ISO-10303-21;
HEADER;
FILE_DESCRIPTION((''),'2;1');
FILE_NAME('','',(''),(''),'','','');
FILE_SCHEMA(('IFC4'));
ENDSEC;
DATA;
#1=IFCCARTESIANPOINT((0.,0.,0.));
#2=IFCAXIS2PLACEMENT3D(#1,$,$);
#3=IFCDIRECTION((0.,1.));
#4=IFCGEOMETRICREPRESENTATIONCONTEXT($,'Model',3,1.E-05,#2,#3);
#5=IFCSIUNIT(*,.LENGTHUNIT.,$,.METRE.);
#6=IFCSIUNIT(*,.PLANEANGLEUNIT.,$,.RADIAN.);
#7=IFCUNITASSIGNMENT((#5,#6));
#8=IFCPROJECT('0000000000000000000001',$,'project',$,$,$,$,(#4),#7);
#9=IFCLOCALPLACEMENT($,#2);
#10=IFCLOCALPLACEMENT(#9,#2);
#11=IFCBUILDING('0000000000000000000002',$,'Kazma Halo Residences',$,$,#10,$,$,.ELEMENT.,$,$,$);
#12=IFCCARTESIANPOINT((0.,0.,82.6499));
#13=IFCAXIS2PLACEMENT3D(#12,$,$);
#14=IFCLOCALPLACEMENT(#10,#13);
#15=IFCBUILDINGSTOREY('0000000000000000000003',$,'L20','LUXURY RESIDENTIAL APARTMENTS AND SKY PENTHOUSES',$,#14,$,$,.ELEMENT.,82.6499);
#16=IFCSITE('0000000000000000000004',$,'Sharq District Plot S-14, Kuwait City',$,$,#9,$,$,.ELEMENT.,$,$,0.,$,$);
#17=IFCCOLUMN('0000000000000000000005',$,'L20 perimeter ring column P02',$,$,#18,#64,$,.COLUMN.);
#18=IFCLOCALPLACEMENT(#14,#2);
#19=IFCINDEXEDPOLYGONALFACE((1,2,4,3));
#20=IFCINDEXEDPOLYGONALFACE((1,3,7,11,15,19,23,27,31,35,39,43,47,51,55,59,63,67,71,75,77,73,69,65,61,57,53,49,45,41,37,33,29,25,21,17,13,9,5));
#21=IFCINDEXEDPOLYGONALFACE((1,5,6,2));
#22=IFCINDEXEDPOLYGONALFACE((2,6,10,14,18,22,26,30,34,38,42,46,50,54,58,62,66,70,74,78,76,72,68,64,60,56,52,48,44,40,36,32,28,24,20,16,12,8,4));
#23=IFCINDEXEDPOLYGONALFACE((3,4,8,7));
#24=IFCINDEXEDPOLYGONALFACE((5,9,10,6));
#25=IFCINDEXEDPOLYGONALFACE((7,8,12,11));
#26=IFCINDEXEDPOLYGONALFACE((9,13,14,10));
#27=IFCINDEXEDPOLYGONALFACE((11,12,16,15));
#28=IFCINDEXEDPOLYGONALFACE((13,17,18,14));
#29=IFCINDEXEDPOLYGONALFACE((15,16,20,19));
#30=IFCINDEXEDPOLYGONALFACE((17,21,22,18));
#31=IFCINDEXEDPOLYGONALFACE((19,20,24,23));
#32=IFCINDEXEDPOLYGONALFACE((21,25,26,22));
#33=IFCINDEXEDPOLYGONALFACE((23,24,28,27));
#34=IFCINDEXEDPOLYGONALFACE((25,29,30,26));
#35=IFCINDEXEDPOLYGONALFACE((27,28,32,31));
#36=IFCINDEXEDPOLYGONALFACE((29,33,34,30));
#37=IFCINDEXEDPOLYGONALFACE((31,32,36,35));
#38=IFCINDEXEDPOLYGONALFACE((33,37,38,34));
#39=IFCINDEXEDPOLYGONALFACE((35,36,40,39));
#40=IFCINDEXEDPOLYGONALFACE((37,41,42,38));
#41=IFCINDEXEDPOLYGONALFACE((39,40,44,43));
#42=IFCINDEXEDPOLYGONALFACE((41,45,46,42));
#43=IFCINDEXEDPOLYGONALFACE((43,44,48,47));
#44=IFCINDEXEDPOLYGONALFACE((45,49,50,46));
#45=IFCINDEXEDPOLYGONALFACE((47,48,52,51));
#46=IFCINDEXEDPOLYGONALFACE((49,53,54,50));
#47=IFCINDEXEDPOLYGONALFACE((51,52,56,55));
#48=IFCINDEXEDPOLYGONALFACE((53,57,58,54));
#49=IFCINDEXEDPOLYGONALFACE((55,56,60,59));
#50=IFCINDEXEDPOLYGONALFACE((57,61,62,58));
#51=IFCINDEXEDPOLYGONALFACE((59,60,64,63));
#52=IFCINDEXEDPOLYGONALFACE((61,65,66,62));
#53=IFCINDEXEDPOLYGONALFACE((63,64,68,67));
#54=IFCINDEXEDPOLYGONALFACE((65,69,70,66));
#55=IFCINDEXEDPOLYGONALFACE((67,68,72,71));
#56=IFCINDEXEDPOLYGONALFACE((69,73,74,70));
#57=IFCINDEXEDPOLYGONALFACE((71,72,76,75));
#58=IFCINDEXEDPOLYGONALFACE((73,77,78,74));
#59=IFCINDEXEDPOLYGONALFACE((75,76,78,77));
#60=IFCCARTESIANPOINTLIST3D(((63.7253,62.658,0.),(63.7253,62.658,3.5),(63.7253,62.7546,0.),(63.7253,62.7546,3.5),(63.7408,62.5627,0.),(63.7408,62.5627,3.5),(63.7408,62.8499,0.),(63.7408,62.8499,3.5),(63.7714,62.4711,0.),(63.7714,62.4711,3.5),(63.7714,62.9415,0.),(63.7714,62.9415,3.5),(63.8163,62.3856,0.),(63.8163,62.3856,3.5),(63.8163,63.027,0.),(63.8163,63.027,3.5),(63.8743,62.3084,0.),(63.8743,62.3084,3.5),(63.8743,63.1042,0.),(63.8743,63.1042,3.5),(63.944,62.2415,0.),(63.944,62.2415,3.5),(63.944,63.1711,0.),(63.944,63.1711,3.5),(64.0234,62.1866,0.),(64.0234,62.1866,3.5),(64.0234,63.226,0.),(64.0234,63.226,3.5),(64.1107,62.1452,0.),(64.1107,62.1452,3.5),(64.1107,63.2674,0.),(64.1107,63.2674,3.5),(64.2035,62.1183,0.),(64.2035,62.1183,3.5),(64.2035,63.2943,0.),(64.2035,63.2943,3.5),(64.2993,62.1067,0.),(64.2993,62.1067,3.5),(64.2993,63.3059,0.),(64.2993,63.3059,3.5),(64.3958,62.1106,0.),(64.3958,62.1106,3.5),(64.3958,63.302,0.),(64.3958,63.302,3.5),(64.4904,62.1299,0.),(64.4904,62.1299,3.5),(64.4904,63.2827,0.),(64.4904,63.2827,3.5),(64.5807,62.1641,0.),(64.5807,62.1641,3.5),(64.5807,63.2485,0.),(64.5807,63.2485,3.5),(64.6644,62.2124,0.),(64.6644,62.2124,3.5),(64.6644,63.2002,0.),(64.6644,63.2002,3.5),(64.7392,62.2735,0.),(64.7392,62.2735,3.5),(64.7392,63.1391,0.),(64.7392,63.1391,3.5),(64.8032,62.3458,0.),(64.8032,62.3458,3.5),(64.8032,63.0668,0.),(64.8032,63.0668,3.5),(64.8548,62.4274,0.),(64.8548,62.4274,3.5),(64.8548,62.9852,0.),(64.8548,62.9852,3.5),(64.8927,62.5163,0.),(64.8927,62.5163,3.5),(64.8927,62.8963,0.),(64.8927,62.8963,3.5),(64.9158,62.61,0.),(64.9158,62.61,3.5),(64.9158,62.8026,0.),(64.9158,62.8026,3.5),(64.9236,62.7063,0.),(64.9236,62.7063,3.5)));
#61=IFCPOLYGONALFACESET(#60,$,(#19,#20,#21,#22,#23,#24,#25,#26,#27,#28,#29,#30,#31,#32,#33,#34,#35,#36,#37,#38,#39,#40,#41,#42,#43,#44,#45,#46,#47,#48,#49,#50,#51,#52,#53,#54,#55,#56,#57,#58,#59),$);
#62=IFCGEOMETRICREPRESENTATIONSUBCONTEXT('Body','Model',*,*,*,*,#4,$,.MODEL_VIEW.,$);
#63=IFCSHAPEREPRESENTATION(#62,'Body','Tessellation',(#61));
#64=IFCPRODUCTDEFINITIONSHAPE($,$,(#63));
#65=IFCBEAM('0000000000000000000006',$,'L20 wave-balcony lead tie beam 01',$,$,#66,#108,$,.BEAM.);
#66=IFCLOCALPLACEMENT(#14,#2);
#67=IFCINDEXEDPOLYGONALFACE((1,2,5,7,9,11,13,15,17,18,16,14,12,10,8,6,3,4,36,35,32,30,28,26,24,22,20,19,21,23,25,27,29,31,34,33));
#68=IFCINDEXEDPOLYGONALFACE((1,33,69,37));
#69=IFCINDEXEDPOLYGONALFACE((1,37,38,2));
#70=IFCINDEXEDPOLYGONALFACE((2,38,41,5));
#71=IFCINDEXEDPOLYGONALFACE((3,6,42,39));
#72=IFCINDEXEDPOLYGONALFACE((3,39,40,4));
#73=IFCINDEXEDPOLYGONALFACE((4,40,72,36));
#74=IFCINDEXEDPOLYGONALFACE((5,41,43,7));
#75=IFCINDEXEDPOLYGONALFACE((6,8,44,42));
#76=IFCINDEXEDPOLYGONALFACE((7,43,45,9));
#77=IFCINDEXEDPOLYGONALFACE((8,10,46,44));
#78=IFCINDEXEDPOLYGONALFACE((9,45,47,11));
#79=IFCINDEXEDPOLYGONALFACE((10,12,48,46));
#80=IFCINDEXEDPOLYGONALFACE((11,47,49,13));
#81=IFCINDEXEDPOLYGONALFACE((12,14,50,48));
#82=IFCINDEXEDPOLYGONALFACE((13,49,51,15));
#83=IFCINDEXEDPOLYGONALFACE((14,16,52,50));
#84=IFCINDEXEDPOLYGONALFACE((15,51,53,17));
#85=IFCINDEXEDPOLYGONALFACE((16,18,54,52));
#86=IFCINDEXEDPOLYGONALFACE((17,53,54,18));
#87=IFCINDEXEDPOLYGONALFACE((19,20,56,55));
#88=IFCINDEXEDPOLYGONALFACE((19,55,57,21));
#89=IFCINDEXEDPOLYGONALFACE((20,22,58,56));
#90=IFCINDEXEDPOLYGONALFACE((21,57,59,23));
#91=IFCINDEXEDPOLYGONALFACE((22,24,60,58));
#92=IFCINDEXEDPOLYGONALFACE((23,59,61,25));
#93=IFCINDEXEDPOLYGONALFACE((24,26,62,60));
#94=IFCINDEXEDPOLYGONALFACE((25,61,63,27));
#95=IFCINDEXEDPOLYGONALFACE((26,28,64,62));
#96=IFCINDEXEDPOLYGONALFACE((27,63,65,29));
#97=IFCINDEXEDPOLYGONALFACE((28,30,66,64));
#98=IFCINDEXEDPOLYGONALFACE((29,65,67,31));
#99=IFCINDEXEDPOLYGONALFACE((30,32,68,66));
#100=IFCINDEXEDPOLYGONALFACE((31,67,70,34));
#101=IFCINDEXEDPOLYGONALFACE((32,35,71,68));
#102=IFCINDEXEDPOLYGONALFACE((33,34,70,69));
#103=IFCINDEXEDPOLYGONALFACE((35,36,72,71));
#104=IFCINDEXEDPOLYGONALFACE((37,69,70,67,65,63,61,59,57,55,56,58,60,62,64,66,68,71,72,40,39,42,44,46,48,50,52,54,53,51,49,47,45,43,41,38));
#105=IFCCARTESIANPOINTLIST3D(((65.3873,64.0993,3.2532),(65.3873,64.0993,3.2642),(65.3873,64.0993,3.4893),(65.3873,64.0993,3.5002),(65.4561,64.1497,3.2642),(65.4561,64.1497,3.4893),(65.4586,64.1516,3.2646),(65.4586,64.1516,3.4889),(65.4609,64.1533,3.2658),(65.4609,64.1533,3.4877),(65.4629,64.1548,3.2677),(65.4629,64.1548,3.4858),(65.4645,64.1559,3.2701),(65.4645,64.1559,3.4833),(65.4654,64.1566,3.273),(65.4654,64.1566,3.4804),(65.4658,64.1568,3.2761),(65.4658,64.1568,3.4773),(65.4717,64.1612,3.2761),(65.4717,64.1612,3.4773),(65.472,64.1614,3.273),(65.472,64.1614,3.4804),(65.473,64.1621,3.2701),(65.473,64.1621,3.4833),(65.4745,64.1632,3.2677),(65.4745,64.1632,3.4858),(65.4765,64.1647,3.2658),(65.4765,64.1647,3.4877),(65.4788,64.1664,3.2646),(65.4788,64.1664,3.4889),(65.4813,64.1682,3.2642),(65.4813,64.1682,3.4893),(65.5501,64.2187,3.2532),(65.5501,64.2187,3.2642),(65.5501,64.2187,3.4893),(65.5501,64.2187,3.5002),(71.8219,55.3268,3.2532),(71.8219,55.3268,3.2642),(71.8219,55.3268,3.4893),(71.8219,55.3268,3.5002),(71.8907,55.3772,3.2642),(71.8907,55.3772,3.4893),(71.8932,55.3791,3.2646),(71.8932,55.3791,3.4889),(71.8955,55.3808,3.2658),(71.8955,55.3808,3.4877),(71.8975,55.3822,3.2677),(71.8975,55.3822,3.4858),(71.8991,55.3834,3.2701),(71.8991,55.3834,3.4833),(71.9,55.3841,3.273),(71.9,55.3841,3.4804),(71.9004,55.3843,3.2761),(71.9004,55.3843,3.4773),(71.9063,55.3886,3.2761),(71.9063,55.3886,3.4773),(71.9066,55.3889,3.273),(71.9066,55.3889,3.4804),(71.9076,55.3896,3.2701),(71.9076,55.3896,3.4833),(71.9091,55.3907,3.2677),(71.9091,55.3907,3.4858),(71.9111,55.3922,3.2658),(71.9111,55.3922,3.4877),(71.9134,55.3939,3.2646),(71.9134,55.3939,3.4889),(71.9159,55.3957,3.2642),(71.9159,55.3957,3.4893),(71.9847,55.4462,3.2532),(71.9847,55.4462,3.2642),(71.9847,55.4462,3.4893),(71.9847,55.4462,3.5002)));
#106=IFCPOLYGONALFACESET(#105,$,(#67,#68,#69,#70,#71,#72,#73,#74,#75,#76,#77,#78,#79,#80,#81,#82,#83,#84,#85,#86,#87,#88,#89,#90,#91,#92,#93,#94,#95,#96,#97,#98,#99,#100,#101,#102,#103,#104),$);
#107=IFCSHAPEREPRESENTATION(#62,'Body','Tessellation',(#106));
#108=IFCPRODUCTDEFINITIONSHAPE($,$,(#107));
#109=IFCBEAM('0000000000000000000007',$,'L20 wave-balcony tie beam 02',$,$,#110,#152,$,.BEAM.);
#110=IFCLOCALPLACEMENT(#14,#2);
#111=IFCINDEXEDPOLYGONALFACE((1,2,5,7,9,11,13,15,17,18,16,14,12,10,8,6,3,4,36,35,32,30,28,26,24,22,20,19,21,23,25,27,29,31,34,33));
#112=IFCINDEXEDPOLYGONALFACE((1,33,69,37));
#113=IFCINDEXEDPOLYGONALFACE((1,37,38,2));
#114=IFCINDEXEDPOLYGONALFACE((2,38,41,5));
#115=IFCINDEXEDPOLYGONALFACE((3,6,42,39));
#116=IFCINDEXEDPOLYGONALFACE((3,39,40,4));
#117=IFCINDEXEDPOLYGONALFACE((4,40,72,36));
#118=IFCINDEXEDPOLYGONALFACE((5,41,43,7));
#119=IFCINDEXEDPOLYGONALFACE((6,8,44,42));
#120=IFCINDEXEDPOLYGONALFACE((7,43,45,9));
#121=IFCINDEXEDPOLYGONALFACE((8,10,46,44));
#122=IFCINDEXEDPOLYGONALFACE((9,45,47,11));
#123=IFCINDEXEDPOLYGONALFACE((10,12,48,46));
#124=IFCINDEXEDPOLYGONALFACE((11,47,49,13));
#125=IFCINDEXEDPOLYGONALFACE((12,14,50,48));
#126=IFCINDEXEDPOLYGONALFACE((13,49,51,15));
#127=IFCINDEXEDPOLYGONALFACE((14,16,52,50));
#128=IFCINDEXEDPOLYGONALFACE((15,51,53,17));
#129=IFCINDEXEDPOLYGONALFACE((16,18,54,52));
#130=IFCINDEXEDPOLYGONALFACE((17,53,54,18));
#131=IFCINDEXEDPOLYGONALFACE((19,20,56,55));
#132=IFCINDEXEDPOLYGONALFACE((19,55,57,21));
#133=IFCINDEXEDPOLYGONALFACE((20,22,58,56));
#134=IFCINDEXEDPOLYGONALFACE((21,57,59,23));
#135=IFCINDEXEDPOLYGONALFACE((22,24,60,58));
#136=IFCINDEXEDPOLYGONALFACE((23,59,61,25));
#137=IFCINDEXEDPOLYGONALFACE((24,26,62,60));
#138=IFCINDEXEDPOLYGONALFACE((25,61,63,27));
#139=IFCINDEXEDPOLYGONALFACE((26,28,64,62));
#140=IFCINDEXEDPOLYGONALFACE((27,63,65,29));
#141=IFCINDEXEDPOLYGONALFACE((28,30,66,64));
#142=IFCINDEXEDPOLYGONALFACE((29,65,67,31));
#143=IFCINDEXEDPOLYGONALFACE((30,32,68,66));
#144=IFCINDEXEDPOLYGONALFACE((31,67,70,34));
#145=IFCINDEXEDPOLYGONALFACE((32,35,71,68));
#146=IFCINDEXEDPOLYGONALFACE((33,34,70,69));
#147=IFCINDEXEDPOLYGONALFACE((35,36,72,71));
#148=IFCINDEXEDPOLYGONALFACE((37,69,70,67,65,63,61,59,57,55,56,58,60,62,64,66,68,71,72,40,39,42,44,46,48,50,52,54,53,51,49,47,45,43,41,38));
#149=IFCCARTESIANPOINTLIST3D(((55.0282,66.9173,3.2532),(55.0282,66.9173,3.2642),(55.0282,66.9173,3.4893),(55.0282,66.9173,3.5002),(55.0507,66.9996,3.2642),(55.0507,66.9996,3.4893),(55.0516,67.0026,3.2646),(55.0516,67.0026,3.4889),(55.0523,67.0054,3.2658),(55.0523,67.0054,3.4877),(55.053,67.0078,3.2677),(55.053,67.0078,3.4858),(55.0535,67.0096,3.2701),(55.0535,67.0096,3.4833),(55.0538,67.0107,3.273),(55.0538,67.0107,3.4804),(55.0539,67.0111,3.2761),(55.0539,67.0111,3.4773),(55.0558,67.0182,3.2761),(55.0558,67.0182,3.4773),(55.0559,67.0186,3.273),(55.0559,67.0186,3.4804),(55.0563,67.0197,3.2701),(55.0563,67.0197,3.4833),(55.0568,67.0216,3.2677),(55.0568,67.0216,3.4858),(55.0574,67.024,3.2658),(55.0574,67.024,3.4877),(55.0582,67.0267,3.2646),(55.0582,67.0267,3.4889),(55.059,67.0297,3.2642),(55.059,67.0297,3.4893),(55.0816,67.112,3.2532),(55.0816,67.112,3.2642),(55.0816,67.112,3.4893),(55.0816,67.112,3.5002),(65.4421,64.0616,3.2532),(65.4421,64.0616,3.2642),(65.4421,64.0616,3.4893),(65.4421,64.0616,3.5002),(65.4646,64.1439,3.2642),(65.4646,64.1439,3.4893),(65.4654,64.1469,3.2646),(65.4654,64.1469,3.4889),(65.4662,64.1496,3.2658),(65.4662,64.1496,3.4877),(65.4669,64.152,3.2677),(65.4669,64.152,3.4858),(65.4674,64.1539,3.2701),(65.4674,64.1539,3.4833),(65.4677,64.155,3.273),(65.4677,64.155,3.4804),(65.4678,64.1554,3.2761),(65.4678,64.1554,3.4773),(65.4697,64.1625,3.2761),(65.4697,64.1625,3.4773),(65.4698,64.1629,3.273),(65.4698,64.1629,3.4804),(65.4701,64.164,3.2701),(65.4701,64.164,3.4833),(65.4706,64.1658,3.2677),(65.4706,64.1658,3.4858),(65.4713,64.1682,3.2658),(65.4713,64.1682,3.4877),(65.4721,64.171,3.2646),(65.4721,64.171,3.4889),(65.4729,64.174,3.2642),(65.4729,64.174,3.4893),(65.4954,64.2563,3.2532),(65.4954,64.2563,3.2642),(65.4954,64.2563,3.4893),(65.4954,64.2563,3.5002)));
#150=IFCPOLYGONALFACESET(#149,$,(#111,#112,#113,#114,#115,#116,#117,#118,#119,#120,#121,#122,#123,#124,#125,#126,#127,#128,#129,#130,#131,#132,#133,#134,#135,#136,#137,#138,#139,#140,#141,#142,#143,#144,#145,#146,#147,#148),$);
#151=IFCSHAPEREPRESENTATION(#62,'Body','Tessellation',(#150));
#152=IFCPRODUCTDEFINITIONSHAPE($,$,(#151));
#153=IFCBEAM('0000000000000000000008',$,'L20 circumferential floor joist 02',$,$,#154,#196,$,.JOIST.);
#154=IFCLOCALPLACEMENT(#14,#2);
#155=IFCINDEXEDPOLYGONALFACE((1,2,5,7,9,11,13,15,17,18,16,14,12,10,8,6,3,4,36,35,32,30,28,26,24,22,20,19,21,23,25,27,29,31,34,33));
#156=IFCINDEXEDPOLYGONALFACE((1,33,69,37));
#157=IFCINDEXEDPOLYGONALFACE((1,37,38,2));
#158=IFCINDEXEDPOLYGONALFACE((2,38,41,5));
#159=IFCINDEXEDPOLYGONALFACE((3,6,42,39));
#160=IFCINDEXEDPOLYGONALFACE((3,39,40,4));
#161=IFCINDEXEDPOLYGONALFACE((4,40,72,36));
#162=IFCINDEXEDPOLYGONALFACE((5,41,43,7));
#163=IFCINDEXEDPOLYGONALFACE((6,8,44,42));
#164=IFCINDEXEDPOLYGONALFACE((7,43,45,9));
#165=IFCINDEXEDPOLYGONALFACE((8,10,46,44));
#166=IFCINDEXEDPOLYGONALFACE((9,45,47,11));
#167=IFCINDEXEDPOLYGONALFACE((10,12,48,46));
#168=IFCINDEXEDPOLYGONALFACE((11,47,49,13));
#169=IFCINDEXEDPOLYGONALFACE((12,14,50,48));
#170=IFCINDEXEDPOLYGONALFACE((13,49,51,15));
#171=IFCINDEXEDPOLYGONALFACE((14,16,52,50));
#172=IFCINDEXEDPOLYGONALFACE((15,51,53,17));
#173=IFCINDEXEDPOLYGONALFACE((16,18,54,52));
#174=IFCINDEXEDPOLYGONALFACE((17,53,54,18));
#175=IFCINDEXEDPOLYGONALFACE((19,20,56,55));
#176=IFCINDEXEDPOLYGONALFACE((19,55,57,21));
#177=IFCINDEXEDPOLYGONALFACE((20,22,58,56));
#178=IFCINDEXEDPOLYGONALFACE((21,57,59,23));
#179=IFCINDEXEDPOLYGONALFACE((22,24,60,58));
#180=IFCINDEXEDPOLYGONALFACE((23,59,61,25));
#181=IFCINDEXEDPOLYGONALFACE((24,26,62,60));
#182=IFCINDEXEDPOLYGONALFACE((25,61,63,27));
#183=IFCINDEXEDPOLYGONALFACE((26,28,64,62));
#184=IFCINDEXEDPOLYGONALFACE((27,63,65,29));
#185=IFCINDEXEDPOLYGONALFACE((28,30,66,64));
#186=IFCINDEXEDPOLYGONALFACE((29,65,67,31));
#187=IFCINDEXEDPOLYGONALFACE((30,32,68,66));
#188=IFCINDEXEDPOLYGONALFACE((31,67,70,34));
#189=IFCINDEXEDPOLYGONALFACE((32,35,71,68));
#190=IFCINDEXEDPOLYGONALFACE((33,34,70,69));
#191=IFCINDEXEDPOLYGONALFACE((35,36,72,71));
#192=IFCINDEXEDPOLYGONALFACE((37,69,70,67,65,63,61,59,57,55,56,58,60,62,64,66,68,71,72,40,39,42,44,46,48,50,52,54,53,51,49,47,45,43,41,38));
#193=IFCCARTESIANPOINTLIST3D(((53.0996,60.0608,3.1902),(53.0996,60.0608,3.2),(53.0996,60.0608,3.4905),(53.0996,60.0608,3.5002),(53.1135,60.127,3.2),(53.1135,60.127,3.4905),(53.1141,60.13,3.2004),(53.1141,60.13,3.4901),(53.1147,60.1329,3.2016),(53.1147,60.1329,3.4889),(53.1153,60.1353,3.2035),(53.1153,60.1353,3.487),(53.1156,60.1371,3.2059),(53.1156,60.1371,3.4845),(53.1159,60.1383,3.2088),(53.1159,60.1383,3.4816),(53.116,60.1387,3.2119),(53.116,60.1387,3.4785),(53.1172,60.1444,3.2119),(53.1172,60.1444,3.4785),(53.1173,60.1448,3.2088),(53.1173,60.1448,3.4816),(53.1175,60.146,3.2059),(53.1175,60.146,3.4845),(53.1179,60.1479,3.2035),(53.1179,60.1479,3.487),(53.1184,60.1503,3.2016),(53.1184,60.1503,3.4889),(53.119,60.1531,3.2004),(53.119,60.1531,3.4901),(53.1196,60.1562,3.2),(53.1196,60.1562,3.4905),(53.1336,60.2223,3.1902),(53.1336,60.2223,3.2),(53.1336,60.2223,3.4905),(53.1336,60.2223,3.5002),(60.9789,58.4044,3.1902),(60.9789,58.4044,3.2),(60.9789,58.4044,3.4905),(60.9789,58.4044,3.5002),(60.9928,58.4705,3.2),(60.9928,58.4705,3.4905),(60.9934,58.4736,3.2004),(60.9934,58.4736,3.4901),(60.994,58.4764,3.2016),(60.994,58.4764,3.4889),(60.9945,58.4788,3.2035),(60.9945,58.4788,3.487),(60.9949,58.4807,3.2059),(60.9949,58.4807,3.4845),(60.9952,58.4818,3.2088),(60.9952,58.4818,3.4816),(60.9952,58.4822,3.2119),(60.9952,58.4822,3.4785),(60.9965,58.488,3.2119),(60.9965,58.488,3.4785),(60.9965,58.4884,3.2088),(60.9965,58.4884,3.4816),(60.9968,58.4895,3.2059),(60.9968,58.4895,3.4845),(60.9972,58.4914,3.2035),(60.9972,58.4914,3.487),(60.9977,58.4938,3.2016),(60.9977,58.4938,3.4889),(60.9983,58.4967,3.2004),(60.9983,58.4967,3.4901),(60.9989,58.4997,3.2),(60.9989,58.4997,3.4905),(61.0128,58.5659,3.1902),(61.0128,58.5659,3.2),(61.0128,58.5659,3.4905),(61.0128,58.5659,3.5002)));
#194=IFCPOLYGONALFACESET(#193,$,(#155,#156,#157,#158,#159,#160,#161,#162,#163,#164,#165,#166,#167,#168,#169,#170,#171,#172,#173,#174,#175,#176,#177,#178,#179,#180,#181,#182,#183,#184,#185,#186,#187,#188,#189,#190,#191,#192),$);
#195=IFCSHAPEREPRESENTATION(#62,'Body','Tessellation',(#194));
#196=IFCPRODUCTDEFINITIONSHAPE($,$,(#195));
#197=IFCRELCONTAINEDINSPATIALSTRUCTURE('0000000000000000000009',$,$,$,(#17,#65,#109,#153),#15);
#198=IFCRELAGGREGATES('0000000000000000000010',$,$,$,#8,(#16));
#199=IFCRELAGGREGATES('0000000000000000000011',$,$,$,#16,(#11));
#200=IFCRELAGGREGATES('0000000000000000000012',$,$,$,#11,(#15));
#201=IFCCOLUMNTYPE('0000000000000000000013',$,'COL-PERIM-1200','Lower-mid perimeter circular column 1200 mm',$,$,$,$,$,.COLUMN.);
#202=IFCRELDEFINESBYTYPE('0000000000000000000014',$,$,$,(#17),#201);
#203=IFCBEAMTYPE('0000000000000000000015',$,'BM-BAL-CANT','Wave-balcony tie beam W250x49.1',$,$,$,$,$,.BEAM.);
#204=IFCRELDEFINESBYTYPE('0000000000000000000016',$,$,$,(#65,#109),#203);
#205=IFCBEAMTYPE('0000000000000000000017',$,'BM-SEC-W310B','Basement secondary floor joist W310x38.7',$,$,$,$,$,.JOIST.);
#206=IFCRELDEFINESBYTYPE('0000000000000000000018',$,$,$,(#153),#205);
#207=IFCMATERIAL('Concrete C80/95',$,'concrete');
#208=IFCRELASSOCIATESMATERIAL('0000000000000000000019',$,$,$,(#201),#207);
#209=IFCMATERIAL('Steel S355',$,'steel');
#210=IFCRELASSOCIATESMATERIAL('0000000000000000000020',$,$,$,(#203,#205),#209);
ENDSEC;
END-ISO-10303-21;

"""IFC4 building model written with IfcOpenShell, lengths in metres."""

from ifc_helpers import new_model, si_unit, direction, frame, origin, origin_2d, place, context, subcontext, project, spatial, circle, i_section, extrude, material, material_profile, profile_set, type_object, element, save


model = new_model("IFC4")

# Units and contexts
model_context = context("Model", 3, precision=1e-05, world=origin(), true_north=direction((0.0, 1.0)))
body_context = subcontext(model_context, "Body", "Model", "MODEL_VIEW")
ifc_project = project(units=[si_unit("LENGTHUNIT", "METRE"), si_unit("PLANEANGLEUNIT", "RADIAN")], contexts=[model_context])

# Site, building, storey
site_placement = place(None, origin())
site = spatial("IfcSite", under=ifc_project, at=site_placement, Name="Sharq District Plot S-14, Kuwait City", CompositionType="ELEMENT", RefElevation=0.0)
building_placement = place(site_placement, origin())
building = spatial("IfcBuilding", under=site, at=building_placement, Name="Kazma Halo Residences", CompositionType="ELEMENT")
storey_placement = place(building_placement, frame((0.0, 0.0, 82.6499)))
storey = spatial("IfcBuildingStorey", under=building, at=storey_placement, Name="L20", Description="LUXURY RESIDENTIAL APARTMENTS AND SKY PENTHOUSES", CompositionType="ELEMENT", Elevation=82.6499)

# Column
ifc_material_1 = material(Name="Concrete C80/95", Category="concrete")
ifc_material_profile_1 = material_profile(ifc_material_1, circle(Radius=0.6001, at=origin_2d()), Name="CIRC1200")
ifc_profile_set_1 = profile_set([ifc_material_profile_1], Name="Concrete C80/95")
column_type = type_object("IfcColumnType", Name="COL-PERIM-1200", Description="Lower-mid perimeter circular column 1200 mm", PredefinedType="COLUMN", material=ifc_profile_set_1)
column_placement = place(storey_placement, frame((64.3235, 62.7063, 0.0), z_axis=(0.0, 0.0, 1.0), x_axis=(1.0, 0.0, 0.0)))
element("IfcColumn", 1, at=column_placement, inside=storey, type_object=column_type, Name="L20 perimeter ring column P02", PredefinedType="COLUMN", context=body_context, shape_type="SweptSolid", body=[
    extrude(circle(Radius=0.6001, at=origin_2d()), origin(), (0.0, 0.0, 1.0), 3.5),
])

# Beams
ifc_material_2 = material(Name="Steel S355", Category="steel")
ifc_material_profile_2 = material_profile(ifc_material_2, i_section(OverallWidth=0.2019, OverallDepth=0.2471, WebThickness=0.0073, FlangeThickness=0.011, FilletRadius=0.012, at=origin_2d()), Name="W250x49.1")
ifc_profile_set_2 = profile_set([ifc_material_profile_2], Name="Steel S355")
beam_type_1 = type_object("IfcBeamType", Name="BM-BAL-CANT", Description="Wave-balcony tie beam W250x49.1", PredefinedType="BEAM", material=ifc_profile_set_2)
beam_1_placement = place(storey_placement, frame((71.9033, 55.3865, 3.3767), z_axis=(-0.591449, 0.806342, 0.0), x_axis=(-0.806342, -0.591449, 0.0)))
element("IfcBeam", 2, at=beam_1_placement, inside=storey, type_object=beam_type_1, Name="L20 wave-balcony lead tie beam 01", PredefinedType="BEAM", context=body_context, shape_type="SweptSolid", body=[
    extrude(i_section(OverallWidth=0.2019, OverallDepth=0.2471, WebThickness=0.0073, FlangeThickness=0.011, FilletRadius=0.012, at=origin_2d()), origin(), (0.0, 0.0, 1.0), 10.8794),
])
beam_2_placement = place(storey_placement, frame((65.4688, 64.1589, 3.3767), z_axis=(-0.964397, 0.26446, 0.0), x_axis=(-0.26446, -0.964397, 0.0)))
element("IfcBeam", 3, at=beam_2_placement, inside=storey, type_object=beam_type_1, Name="L20 wave-balcony tie beam 02", PredefinedType="BEAM", context=body_context, shape_type="SweptSolid", body=[
    extrude(i_section(OverallWidth=0.2019, OverallDepth=0.2471, WebThickness=0.0073, FlangeThickness=0.011, FilletRadius=0.012, at=origin_2d()), origin(), (0.0, 0.0, 1.0), 10.7983),
])
ifc_material_profile_3 = material_profile(ifc_material_2, i_section(OverallWidth=0.165, OverallDepth=0.3101, WebThickness=0.0059, FlangeThickness=0.0098, FilletRadius=0.012, at=origin_2d()), Name="W310x38.7")
ifc_profile_set_3 = profile_set([ifc_material_profile_3], Name="Steel S355")
beam_type_2 = type_object("IfcBeamType", Name="BM-SEC-W310B", Description="Basement secondary floor joist W310x38.7", PredefinedType="JOIST", material=ifc_profile_set_3)
beam_3_placement = place(storey_placement, frame((60.9958, 58.4851, 3.3452), z_axis=(-0.978608, 0.205734, 0.0), x_axis=(-0.205734, -0.978608, 0.0)))
element("IfcBeam", 4, at=beam_3_placement, inside=storey, type_object=beam_type_2, Name="L20 circumferential floor joist 02", PredefinedType="JOIST", context=body_context, shape_type="SweptSolid", body=[
    extrude(i_section(OverallWidth=0.165, OverallDepth=0.3101, WebThickness=0.0059, FlangeThickness=0.0098, FilletRadius=0.012, at=origin_2d()), origin(), (0.0, 0.0, 1.0), 8.0515),
])

save(model, "model.ifc")
